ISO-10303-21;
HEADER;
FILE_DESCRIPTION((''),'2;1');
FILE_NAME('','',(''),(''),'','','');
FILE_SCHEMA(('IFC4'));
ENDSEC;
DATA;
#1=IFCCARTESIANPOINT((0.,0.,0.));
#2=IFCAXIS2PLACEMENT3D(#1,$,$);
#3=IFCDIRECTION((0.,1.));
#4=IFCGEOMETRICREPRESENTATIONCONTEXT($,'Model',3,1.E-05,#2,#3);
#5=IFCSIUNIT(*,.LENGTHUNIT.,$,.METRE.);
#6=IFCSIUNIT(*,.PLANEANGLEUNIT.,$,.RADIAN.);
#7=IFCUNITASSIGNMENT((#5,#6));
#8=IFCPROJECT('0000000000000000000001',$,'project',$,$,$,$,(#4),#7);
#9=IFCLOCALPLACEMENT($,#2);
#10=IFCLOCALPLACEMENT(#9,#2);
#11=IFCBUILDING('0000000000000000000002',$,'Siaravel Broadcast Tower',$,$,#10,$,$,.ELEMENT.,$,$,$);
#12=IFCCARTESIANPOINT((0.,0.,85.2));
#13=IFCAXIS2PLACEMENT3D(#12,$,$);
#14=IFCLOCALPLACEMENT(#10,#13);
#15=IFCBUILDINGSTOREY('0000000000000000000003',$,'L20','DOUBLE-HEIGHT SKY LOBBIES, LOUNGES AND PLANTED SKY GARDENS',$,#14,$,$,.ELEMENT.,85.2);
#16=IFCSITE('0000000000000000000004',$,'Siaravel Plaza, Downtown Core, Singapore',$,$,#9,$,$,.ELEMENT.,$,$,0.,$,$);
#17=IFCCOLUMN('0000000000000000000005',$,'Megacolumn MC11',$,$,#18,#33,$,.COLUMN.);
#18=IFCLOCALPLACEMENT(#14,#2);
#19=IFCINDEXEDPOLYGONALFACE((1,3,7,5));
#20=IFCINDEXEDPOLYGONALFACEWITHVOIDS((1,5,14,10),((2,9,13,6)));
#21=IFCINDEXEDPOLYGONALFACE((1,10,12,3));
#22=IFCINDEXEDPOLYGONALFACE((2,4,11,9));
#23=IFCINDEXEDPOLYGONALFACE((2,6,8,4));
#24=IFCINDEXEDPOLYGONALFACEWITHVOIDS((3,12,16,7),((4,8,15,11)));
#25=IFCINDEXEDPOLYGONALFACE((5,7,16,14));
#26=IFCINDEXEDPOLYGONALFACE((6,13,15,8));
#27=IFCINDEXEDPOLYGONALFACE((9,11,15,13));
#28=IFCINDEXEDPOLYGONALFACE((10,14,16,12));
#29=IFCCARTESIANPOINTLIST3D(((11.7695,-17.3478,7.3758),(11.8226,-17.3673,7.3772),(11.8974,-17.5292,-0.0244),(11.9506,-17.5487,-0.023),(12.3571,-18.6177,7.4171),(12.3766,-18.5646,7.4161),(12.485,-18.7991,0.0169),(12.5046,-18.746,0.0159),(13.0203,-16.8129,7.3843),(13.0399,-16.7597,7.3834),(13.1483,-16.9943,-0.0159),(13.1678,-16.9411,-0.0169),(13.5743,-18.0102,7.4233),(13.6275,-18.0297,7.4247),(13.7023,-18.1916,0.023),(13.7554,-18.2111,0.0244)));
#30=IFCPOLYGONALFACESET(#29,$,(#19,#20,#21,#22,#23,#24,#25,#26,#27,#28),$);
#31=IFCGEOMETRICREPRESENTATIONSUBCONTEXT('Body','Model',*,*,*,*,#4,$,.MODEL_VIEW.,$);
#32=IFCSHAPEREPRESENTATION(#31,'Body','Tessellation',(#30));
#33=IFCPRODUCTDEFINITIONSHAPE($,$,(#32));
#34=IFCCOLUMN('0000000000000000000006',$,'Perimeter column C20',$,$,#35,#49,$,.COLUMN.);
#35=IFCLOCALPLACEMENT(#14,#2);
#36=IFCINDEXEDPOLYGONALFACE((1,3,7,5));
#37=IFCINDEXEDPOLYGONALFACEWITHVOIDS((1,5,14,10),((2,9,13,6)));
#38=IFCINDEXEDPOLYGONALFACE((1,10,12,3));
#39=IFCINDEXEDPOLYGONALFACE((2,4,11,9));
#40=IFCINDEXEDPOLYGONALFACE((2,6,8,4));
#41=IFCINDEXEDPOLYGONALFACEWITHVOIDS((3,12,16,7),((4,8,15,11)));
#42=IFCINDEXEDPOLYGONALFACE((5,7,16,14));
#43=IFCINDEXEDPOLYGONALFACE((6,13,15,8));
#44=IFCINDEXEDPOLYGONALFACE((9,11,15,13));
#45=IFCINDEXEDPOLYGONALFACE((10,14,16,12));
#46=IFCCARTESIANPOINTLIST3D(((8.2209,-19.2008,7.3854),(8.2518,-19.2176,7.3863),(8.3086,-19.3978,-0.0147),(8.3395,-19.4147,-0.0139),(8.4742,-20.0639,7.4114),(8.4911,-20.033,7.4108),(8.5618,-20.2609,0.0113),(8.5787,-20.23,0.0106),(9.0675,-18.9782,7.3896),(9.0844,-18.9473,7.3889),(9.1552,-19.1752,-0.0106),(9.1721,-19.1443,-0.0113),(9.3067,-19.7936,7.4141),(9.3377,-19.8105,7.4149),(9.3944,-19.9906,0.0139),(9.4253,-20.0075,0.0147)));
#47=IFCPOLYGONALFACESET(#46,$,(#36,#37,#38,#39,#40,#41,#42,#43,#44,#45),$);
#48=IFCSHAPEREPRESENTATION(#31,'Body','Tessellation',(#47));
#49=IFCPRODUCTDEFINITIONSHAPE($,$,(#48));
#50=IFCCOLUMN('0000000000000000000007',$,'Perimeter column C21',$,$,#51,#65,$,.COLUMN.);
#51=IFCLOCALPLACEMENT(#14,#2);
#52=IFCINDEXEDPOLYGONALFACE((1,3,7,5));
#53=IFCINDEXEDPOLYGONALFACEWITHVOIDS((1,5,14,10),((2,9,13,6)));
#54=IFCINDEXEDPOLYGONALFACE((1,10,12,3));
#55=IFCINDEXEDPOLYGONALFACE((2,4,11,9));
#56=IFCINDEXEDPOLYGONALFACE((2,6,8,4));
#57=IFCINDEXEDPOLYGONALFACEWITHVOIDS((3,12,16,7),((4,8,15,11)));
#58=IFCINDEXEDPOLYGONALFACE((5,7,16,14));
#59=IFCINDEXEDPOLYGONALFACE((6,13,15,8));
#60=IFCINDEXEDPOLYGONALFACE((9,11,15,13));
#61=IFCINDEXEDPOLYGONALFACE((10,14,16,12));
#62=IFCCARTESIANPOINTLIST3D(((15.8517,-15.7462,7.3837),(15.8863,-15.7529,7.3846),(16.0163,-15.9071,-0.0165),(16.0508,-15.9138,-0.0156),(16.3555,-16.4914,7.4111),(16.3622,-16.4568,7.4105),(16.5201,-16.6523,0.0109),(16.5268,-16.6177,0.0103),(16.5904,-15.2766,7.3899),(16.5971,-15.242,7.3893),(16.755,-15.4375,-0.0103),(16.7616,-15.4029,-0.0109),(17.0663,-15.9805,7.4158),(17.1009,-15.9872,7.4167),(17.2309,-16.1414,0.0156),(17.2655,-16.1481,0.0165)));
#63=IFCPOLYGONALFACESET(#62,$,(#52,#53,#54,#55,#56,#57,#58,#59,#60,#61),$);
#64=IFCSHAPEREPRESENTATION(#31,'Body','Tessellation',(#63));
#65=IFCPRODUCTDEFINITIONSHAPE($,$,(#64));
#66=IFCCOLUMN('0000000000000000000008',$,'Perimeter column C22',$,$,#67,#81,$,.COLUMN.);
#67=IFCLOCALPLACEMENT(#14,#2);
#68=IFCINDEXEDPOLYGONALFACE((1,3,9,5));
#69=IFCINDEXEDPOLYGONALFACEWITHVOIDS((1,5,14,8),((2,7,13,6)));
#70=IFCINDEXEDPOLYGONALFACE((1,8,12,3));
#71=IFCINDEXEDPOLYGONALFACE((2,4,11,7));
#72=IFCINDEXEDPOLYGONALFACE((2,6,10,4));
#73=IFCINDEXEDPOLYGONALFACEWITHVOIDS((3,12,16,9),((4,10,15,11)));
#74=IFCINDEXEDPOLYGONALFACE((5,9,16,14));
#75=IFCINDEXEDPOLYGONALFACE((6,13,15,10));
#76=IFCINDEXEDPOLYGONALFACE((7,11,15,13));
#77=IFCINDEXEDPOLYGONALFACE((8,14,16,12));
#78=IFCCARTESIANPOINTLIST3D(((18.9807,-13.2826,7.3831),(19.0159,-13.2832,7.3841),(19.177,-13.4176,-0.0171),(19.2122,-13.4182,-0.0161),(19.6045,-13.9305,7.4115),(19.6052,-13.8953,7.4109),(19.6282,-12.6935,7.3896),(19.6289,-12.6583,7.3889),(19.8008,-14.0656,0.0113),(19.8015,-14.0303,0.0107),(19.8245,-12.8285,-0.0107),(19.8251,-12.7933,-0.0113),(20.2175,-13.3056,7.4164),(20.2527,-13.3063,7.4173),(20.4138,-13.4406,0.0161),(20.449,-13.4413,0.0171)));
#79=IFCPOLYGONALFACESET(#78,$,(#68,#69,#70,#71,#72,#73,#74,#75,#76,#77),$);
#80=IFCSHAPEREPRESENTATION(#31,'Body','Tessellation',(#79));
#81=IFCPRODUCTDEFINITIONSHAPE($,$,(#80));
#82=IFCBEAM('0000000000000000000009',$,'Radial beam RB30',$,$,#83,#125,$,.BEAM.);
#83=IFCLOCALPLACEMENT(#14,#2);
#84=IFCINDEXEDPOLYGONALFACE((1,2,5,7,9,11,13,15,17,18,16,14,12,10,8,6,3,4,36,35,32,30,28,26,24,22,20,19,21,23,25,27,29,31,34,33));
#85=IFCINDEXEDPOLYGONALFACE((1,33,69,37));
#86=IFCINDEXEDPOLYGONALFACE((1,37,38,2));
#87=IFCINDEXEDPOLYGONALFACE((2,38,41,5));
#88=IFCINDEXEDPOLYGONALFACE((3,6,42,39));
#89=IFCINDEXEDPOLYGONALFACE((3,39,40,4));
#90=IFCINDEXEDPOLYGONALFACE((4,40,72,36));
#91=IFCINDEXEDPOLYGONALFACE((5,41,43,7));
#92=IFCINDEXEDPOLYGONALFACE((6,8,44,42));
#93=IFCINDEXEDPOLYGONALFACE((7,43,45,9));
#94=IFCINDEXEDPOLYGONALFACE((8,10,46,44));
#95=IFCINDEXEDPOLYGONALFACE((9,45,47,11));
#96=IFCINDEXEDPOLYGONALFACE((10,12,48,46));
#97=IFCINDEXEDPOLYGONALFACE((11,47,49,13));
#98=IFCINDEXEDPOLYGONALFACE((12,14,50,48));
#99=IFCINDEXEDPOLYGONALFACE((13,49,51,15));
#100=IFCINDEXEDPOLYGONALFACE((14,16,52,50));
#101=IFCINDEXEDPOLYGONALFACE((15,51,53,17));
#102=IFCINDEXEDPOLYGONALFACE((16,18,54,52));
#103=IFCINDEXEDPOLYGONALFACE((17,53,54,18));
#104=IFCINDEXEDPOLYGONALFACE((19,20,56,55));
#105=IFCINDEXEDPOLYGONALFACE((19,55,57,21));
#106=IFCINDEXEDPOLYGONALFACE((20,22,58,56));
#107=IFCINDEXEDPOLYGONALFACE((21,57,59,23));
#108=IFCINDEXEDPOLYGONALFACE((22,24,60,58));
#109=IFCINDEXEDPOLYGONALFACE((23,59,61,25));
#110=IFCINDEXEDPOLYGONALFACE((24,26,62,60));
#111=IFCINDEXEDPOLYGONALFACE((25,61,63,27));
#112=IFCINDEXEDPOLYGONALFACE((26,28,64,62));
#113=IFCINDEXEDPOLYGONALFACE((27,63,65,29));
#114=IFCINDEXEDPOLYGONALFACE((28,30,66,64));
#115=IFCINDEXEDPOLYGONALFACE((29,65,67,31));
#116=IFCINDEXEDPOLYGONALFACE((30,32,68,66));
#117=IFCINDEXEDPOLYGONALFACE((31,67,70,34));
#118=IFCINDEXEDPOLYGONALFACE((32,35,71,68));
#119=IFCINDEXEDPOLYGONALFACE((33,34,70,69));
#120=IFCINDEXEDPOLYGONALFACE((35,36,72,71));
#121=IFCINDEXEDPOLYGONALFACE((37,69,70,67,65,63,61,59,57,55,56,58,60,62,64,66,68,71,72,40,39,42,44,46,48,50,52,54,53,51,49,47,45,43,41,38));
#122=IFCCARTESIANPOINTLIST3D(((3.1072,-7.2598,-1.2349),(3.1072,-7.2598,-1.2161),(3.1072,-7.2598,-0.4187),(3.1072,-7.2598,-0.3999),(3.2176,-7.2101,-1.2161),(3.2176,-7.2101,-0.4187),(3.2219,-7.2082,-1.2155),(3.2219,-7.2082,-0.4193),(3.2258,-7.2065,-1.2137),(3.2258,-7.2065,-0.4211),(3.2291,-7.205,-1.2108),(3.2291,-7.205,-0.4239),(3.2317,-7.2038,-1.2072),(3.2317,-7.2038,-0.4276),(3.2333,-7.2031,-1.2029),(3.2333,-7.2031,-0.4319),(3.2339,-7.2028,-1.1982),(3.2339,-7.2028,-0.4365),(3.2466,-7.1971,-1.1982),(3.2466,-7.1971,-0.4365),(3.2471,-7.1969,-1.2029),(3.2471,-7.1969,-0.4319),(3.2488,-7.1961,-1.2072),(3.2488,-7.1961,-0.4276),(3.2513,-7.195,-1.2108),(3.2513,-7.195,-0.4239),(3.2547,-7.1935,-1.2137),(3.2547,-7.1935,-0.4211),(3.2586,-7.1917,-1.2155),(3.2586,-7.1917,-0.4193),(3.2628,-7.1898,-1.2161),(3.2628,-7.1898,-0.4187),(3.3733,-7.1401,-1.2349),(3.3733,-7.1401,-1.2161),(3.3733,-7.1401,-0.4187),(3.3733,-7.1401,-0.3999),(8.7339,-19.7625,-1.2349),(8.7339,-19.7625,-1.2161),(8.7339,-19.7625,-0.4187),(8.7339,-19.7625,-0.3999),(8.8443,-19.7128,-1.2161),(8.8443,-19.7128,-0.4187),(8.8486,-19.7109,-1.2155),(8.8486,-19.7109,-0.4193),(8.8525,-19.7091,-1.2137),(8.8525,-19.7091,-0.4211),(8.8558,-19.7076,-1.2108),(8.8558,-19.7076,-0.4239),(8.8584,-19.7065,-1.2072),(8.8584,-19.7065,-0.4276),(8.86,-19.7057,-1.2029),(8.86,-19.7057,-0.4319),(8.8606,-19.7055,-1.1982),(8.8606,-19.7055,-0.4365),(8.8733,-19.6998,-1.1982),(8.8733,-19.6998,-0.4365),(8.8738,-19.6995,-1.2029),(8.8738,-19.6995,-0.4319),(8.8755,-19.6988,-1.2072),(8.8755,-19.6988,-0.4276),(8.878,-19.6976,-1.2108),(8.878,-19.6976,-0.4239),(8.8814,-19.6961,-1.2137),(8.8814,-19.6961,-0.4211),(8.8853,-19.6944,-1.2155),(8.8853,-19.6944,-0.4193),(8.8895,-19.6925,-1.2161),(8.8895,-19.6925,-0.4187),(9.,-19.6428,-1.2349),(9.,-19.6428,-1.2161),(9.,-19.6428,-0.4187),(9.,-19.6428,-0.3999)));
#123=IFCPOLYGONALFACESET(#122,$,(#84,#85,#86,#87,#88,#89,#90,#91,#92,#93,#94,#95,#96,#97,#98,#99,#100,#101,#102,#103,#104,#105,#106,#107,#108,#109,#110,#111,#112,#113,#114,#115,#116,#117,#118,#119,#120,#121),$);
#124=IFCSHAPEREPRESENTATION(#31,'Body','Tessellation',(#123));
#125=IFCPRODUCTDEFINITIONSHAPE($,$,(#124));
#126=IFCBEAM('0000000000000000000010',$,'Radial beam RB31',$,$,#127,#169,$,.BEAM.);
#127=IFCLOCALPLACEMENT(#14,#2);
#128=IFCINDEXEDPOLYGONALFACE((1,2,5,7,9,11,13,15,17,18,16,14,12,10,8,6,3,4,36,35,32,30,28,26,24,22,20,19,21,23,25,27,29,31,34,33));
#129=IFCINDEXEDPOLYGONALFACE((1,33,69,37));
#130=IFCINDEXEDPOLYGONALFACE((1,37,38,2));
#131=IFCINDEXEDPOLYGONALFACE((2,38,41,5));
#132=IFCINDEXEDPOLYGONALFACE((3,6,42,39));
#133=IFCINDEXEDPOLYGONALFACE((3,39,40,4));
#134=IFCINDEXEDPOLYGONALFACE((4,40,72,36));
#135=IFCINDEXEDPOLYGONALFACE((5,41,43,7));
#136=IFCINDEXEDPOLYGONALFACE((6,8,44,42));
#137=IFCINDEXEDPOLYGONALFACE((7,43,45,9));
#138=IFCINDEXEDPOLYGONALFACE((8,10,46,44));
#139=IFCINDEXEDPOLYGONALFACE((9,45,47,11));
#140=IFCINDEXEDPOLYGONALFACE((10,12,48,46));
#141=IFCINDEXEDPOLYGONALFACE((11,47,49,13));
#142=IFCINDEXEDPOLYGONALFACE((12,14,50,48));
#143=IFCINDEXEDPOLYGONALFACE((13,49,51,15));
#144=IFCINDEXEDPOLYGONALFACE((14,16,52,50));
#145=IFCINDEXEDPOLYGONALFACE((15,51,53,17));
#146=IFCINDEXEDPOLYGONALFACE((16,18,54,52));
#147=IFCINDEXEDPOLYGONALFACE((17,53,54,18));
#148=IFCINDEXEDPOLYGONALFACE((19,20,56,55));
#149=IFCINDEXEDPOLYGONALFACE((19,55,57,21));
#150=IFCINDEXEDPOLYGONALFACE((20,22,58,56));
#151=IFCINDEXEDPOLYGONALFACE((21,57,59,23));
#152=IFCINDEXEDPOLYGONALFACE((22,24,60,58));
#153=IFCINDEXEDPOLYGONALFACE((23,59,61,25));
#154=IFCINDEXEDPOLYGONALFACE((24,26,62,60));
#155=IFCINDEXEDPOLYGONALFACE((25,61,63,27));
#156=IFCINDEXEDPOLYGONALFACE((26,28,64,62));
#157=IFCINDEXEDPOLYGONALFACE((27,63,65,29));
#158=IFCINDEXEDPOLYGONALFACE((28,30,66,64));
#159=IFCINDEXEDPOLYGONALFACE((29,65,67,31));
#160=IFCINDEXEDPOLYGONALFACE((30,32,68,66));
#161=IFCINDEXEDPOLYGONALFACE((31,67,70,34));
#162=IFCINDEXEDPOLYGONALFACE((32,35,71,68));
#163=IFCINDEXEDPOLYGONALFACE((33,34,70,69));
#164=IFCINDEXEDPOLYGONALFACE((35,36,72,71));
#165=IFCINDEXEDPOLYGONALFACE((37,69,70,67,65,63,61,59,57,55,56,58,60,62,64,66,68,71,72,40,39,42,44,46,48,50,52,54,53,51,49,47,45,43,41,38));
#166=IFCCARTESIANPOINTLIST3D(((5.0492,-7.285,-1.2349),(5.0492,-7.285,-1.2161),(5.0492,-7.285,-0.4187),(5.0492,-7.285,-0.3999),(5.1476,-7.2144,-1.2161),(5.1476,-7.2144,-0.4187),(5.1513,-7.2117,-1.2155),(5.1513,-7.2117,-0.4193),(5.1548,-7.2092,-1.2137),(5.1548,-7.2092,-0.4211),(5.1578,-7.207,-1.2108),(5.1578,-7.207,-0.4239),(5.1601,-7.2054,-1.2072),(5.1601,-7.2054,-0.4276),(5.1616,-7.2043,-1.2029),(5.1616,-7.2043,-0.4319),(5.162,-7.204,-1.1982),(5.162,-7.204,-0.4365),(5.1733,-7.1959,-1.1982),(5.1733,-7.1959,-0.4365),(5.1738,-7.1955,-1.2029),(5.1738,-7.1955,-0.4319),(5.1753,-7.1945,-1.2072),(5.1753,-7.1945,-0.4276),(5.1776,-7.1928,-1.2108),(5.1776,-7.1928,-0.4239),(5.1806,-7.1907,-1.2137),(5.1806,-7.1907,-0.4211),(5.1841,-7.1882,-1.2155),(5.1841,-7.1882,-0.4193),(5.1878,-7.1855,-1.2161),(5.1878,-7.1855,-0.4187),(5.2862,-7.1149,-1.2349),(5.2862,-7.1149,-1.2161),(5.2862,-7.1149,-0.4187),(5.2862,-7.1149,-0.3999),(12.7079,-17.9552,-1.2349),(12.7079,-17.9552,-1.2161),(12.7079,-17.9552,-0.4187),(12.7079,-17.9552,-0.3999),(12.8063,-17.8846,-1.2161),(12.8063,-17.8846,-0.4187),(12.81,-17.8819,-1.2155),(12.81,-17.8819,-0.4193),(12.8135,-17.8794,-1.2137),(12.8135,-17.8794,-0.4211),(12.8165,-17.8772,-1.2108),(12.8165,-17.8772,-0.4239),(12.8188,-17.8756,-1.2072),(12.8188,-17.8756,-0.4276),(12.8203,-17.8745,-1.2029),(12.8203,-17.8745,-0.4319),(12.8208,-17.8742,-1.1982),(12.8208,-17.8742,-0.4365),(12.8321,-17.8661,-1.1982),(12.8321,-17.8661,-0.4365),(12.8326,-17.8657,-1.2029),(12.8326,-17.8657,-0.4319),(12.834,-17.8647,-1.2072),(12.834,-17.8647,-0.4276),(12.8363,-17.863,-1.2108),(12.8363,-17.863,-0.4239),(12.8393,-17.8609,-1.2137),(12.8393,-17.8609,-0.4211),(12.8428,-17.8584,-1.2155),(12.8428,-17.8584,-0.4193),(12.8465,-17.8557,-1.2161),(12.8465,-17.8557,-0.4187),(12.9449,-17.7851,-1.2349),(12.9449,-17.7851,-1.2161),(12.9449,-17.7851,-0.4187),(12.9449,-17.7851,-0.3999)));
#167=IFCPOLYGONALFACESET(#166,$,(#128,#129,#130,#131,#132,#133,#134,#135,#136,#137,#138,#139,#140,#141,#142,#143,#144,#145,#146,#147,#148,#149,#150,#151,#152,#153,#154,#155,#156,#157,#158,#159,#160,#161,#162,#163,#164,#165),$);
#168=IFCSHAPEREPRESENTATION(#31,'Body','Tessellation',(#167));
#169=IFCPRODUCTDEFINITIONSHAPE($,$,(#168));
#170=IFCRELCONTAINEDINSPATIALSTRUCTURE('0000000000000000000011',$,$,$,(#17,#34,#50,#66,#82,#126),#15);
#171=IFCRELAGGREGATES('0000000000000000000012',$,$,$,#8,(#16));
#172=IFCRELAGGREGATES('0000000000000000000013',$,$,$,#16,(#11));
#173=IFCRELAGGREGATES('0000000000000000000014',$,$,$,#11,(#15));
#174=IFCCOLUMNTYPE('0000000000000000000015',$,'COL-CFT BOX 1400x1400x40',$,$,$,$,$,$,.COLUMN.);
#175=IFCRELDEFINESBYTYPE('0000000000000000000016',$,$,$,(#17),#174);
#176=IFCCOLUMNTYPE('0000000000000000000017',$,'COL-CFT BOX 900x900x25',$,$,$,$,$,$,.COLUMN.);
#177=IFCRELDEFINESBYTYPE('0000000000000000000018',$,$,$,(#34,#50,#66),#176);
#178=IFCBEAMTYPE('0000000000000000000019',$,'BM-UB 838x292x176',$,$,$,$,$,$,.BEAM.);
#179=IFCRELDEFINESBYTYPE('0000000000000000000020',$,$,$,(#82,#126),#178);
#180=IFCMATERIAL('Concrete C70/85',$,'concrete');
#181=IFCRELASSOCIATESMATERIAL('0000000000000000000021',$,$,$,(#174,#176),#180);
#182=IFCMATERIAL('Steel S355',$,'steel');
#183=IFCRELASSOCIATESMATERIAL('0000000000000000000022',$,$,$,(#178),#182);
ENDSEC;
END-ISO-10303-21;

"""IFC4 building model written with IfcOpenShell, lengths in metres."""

from ifc_helpers import new_model, si_unit, direction, frame, origin, origin_2d, place, context, subcontext, project, spatial, hollow_rectangle, i_section, extrude, material, material_profile, profile_set, type_object, element, save


model = new_model("IFC4")

# Units and contexts
model_context = context("Model", 3, precision=1e-05, world=origin(), true_north=direction((0.0, 1.0)))
body_context = subcontext(model_context, "Body", "Model", "MODEL_VIEW")
ifc_project = project(units=[si_unit("LENGTHUNIT", "METRE"), si_unit("PLANEANGLEUNIT", "RADIAN")], contexts=[model_context])

# Site, building, storey
site_placement = place(None, origin())
site = spatial("IfcSite", under=ifc_project, at=site_placement, Name="Siaravel Plaza, Downtown Core, Singapore", CompositionType="ELEMENT", RefElevation=0.0)
building_placement = place(site_placement, origin())
building = spatial("IfcBuilding", under=site, at=building_placement, Name="Siaravel Broadcast Tower", CompositionType="ELEMENT")
storey_placement = place(building_placement, frame((0.0, 0.0, 85.2)))
storey = spatial("IfcBuildingStorey", under=building, at=storey_placement, Name="L20", Description="DOUBLE-HEIGHT SKY LOBBIES, LOUNGES AND PLANTED SKY GARDENS", CompositionType="ELEMENT", Elevation=85.2)

# Columns
ifc_material_1 = material(Name="Concrete C70/85", Category="concrete")
ifc_material_profile_1 = material_profile(ifc_material_1, hollow_rectangle(XDim=1.3999, YDim=1.3999, WallThickness=0.04, at=origin_2d()))
ifc_profile_set_1 = profile_set([ifc_material_profile_1], Name="Concrete C70/85")
column_type_1 = type_object("IfcColumnType", Name="COL-CFT BOX 1400x1400x40", PredefinedType="COLUMN", material=ifc_profile_set_1)
column_1_placement = place(storey_placement, frame((12.8264, -17.8701, 0.0), z_axis=(-0.01728, 0.024502, 0.99955), x_axis=(-0.907479, -0.420063, -0.005391)))
element("IfcColumn", 1, at=column_1_placement, inside=storey, type_object=column_type_1, Name="Megacolumn MC11", PredefinedType="COLUMN", context=body_context, shape_type="SweptSolid", body=[
    extrude(hollow_rectangle(XDim=1.3999, YDim=1.3999, WallThickness=0.04, at=origin_2d()), origin(), (0.0, 0.0, 1.0), 7.4036),
])
ifc_material_profile_2 = material_profile(ifc_material_1, hollow_rectangle(XDim=0.8999, YDim=0.8999, WallThickness=0.0249, at=origin_2d()))
ifc_profile_set_2 = profile_set([ifc_material_profile_2], Name="Concrete C70/85")
column_type_2 = type_object("IfcColumnType", Name="COL-CFT BOX 900x900x25", PredefinedType="COLUMN", material=ifc_profile_set_2)
column_2_placement = place(storey_placement, frame((8.8669, -19.7026, 0.0), z_axis=(-0.011839, 0.026613, 0.999576), x_axis=(-0.959516, -0.281627, -0.003866)))
element("IfcColumn", 2, at=column_2_placement, inside=storey, type_object=column_type_2, Name="Perimeter column C20", PredefinedType="COLUMN", context=body_context, shape_type="SweptSolid", body=[
    extrude(hollow_rectangle(XDim=0.8999, YDim=0.8999, WallThickness=0.0249, at=origin_2d()), origin(), (0.0, 0.0, 1.0), 7.4033),
])
column_3_placement = place(storey_placement, frame((16.6409, -16.0276, 0.0), z_axis=(-0.022225, 0.021731, 0.999517), x_axis=(-0.828277, -0.560283, -0.006236)))
element("IfcColumn", 3, at=column_3_placement, inside=storey, type_object=column_type_2, Name="Perimeter column C21", PredefinedType="COLUMN", context=body_context, shape_type="SweptSolid", body=[
    extrude(hollow_rectangle(XDim=0.8999, YDim=0.8999, WallThickness=0.0249, at=origin_2d()), origin(), (0.0, 0.0, 1.0), 7.4038),
])
column_4_placement = place(storey_placement, frame((19.813, -13.4294, 0.0), z_axis=(-0.026511, 0.018235, 0.999482), x_axis=(-0.720243, -0.693692, -0.006449)))
element("IfcColumn", 4, at=column_4_placement, inside=storey, type_object=column_type_2, Name="Perimeter column C22", PredefinedType="COLUMN", context=body_context, shape_type="SweptSolid", body=[
    extrude(hollow_rectangle(XDim=0.8999, YDim=0.8999, WallThickness=0.0249, at=origin_2d()), origin(), (0.0, 0.0, 1.0), 7.4041),
])

# Beams
ifc_material_2 = material(Name="Steel S355", Category="steel")
ifc_material_profile_3 = material_profile(ifc_material_2, i_section(OverallWidth=0.2917, OverallDepth=0.835, WebThickness=0.0139, FlangeThickness=0.0188, FilletRadius=0.0178, at=origin_2d()))
ifc_profile_set_3 = profile_set([ifc_material_profile_3], Name="Steel S355")
beam_type = type_object("IfcBeamType", Name="BM-UB 838x292x176", PredefinedType="BEAM", material=ifc_profile_set_3)
beam_1_placement = place(storey_placement, frame((8.8669, -19.7026, -0.8174), z_axis=(-0.410395, 0.911908, 0.0), x_axis=(-0.911908, -0.410395, 0.0)))
element("IfcBeam", 5, at=beam_1_placement, inside=storey, type_object=beam_type, Name="Radial beam RB30", PredefinedType="BEAM", context=body_context, shape_type="SweptSolid", body=[
    extrude(i_section(OverallWidth=0.2917, OverallDepth=0.835, WebThickness=0.0139, FlangeThickness=0.0188, FilletRadius=0.0178, at=origin_2d()), origin(), (0.0, 0.0, 1.0), 13.7104),
])
beam_2_placement = place(storey_placement, frame((12.8264, -17.8701, -0.8174), z_axis=(-0.583109, 0.812394, 0.0), x_axis=(-0.812394, -0.583109, 0.0)))
element("IfcBeam", 6, at=beam_2_placement, inside=storey, type_object=beam_type, Name="Radial beam RB31", PredefinedType="BEAM", context=body_context, shape_type="SweptSolid", body=[
    extrude(i_section(OverallWidth=0.2917, OverallDepth=0.835, WebThickness=0.0139, FlangeThickness=0.0188, FilletRadius=0.0178, at=origin_2d()), origin(), (0.0, 0.0, 1.0), 13.1343),
])

save(model, "model.ifc")
